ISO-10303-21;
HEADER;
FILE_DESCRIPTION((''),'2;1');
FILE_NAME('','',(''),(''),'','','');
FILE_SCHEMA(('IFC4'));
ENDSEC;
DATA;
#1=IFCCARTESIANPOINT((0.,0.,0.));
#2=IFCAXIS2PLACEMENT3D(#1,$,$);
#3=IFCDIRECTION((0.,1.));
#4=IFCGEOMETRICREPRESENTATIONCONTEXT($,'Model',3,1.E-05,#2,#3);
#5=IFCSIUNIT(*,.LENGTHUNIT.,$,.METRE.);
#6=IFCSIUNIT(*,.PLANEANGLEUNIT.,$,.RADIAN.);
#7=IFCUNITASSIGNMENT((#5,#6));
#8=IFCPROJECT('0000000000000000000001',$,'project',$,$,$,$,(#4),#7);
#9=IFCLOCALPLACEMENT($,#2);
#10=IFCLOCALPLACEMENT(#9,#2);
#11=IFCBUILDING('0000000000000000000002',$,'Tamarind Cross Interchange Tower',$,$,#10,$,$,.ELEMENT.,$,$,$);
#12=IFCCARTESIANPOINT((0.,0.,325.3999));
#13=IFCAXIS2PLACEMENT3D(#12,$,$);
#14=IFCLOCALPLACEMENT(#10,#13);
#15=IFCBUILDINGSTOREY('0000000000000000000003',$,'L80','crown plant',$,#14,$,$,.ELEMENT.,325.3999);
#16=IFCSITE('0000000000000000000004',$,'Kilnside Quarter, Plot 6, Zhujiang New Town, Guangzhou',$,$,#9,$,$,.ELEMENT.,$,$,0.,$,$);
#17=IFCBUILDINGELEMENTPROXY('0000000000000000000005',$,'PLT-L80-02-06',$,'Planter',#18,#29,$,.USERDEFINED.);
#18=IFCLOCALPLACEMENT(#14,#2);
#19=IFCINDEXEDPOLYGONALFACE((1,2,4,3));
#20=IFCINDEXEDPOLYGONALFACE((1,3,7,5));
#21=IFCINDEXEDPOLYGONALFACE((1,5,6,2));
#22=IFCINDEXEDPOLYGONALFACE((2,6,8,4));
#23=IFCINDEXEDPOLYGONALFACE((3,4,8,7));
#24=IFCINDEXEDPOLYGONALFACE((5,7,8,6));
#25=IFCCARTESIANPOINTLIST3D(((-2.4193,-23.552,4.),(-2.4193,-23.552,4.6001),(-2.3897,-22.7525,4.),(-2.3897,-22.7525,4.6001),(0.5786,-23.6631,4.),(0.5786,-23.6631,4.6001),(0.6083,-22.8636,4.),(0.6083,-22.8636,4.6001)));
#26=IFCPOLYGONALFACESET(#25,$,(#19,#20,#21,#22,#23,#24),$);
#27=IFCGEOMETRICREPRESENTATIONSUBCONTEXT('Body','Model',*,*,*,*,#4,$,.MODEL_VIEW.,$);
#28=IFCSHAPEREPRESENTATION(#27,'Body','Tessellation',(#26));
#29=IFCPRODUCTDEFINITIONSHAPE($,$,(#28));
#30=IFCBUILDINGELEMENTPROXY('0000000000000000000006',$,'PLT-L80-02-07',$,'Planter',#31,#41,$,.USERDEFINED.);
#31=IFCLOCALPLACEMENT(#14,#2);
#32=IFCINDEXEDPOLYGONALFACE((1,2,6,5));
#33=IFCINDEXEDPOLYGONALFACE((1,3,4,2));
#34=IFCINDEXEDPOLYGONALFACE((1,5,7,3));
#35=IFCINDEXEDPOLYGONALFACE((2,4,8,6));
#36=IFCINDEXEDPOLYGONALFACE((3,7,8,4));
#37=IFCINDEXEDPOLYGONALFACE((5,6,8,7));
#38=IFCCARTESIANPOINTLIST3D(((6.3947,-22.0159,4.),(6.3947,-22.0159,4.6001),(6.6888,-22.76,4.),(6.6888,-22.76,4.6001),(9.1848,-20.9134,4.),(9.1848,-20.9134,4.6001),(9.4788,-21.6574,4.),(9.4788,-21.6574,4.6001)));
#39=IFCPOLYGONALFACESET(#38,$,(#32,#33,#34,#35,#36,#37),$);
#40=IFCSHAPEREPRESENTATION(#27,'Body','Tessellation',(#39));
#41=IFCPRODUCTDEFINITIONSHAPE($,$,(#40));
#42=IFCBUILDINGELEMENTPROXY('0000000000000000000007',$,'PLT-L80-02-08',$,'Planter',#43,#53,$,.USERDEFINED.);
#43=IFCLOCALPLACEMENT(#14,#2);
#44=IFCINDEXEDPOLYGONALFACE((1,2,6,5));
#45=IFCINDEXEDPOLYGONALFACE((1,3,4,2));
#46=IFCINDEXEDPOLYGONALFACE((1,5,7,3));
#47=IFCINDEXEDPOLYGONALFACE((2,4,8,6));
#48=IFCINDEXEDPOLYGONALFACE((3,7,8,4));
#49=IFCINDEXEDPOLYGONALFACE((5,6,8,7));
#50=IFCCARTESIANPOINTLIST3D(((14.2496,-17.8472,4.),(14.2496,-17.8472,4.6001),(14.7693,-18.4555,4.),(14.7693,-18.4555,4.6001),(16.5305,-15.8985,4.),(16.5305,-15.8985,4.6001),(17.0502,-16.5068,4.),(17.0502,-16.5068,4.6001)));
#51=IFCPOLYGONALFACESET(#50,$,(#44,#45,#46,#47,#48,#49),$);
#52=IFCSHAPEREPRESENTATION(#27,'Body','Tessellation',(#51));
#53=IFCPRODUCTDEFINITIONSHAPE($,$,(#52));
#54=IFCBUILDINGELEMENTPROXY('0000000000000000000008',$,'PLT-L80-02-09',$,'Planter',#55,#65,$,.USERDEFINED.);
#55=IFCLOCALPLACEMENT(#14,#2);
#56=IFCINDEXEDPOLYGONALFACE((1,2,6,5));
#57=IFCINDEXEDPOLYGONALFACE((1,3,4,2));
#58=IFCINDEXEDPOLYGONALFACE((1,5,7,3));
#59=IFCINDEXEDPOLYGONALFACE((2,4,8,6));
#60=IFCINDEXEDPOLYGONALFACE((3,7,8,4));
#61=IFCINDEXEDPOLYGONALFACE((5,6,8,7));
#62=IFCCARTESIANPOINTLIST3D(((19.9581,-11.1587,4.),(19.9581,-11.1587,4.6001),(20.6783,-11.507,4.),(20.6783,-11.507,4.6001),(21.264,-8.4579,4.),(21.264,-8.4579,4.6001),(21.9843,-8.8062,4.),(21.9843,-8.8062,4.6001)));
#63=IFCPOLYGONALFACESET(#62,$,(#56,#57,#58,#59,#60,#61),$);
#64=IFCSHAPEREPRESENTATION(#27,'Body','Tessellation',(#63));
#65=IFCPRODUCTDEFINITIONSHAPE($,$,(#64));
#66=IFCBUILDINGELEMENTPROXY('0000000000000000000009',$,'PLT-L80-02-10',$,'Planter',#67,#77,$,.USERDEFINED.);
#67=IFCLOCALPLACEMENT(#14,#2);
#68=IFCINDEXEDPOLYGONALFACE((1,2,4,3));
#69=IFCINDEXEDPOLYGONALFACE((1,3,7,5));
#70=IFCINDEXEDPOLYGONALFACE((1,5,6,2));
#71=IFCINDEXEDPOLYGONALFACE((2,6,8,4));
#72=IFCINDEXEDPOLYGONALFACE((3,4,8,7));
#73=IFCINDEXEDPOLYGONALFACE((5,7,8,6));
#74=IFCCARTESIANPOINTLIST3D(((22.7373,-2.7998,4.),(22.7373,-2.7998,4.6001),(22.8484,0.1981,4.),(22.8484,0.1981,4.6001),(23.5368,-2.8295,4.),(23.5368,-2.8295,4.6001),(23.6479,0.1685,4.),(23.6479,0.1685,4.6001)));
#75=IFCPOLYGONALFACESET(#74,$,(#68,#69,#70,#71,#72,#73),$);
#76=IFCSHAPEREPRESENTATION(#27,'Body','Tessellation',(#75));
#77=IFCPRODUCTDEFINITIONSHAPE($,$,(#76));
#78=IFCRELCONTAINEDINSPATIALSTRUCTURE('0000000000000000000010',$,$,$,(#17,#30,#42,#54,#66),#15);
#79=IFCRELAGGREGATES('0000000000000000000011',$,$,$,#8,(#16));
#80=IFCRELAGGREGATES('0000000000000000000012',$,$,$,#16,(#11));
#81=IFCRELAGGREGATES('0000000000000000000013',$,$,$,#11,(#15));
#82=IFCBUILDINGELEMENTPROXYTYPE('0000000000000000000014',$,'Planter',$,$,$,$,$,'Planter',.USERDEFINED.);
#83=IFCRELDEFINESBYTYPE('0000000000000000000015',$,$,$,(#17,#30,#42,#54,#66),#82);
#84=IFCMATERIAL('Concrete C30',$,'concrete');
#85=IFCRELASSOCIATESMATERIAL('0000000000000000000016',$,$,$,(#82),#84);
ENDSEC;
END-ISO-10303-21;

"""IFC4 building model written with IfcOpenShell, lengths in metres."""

from ifc_helpers import new_model, si_unit, direction, frame, origin, origin_2d, place, context, subcontext, project, spatial, rectangle, extrude, material, type_object, element, save


model = new_model("IFC4")

# Units and contexts
model_context = context("Model", 3, precision=1e-05, world=origin(), true_north=direction((0.0, 1.0)))
body_context = subcontext(model_context, "Body", "Model", "MODEL_VIEW")
ifc_project = project(units=[si_unit("LENGTHUNIT", "METRE"), si_unit("PLANEANGLEUNIT", "RADIAN")], contexts=[model_context])

# Site, building, storey
site_placement = place(None, origin())
site = spatial("IfcSite", under=ifc_project, at=site_placement, Name="Kilnside Quarter, Plot 6, Zhujiang New Town, Guangzhou", CompositionType="ELEMENT", RefElevation=0.0)
building_placement = place(site_placement, origin())
building = spatial("IfcBuilding", under=site, at=building_placement, Name="Tamarind Cross Interchange Tower", CompositionType="ELEMENT")
storey_placement = place(building_placement, frame((0.0, 0.0, 325.3999)))
storey = spatial("IfcBuildingStorey", under=building, at=storey_placement, Name="L80", Description="crown plant", CompositionType="ELEMENT", Elevation=325.3999)

# Building element proxies
ifc_material_1 = material(Name="Concrete C30", Category="concrete")
building_element_proxy_type = type_object("IfcBuildingElementProxyType", Name="Planter", ElementType="Planter", PredefinedType="USERDEFINED", material=ifc_material_1)
proxy_1_placement = place(storey_placement, origin())
element("IfcBuildingElementProxy", 1, at=proxy_1_placement, inside=storey, type_object=building_element_proxy_type, Name="PLT-L80-02-06", ObjectType="Planter", PredefinedType="USERDEFINED", context=body_context, shape_type="SweptSolid", body=[
    extrude(rectangle(XDim=3.0, YDim=0.8, at=origin_2d()), frame((-0.9055, -23.2078, 4.0), z_axis=(0.0, 0.0, 1.0), x_axis=(0.999314, -0.037025, 0.0)), (0.0, 0.0, 1.0), 0.6001),
])
proxy_2_placement = place(storey_placement, origin())
element("IfcBuildingElementProxy", 2, at=proxy_2_placement, inside=storey, type_object=building_element_proxy_type, Name="PLT-L80-02-07", ObjectType="Planter", PredefinedType="USERDEFINED", context=body_context, shape_type="SweptSolid", body=[
    extrude(rectangle(XDim=3.0, YDim=0.8, at=origin_2d()), frame((7.9368, -21.8367, 4.0), z_axis=(0.0, 0.0, 1.0), x_axis=(0.930018, 0.367514, 0.0)), (0.0, 0.0, 1.0), 0.6001),
])
proxy_3_placement = place(storey_placement, origin())
element("IfcBuildingElementProxy", 3, at=proxy_3_placement, inside=storey, type_object=building_element_proxy_type, Name="PLT-L80-02-08", ObjectType="Planter", PredefinedType="USERDEFINED", context=body_context, shape_type="SweptSolid", body=[
    extrude(rectangle(XDim=3.0, YDim=0.8, at=origin_2d()), frame((15.6499, -17.177, 4.0), z_axis=(0.0, 0.0, 1.0), x_axis=(0.760296, 0.649577, 0.0)), (0.0, 0.0, 1.0), 0.6001),
])
proxy_4_placement = place(storey_placement, origin())
element("IfcBuildingElementProxy", 4, at=proxy_4_placement, inside=storey, type_object=building_element_proxy_type, Name="PLT-L80-02-09", ObjectType="Planter", PredefinedType="USERDEFINED", context=body_context, shape_type="SweptSolid", body=[
    extrude(rectangle(XDim=3.0, YDim=0.8, at=origin_2d()), frame((20.9712, -9.9824, 4.0), z_axis=(0.0, 0.0, 1.0), x_axis=(0.435326, 0.900273, 0.0)), (0.0, 0.0, 1.0), 0.6001),
])
proxy_5_placement = place(storey_placement, origin())
element("IfcBuildingElementProxy", 5, at=proxy_5_placement, inside=storey, type_object=building_element_proxy_type, Name="PLT-L80-02-10", ObjectType="Planter", PredefinedType="USERDEFINED", context=body_context, shape_type="SweptSolid", body=[
    extrude(rectangle(XDim=3.0, YDim=0.8, at=origin_2d()), frame((23.1926, -1.3157, 4.0), z_axis=(0.0, 0.0, 1.0), x_axis=(0.037025, 0.999314, 0.0)), (0.0, 0.0, 1.0), 0.6001),
])

save(model, "model.ifc")
